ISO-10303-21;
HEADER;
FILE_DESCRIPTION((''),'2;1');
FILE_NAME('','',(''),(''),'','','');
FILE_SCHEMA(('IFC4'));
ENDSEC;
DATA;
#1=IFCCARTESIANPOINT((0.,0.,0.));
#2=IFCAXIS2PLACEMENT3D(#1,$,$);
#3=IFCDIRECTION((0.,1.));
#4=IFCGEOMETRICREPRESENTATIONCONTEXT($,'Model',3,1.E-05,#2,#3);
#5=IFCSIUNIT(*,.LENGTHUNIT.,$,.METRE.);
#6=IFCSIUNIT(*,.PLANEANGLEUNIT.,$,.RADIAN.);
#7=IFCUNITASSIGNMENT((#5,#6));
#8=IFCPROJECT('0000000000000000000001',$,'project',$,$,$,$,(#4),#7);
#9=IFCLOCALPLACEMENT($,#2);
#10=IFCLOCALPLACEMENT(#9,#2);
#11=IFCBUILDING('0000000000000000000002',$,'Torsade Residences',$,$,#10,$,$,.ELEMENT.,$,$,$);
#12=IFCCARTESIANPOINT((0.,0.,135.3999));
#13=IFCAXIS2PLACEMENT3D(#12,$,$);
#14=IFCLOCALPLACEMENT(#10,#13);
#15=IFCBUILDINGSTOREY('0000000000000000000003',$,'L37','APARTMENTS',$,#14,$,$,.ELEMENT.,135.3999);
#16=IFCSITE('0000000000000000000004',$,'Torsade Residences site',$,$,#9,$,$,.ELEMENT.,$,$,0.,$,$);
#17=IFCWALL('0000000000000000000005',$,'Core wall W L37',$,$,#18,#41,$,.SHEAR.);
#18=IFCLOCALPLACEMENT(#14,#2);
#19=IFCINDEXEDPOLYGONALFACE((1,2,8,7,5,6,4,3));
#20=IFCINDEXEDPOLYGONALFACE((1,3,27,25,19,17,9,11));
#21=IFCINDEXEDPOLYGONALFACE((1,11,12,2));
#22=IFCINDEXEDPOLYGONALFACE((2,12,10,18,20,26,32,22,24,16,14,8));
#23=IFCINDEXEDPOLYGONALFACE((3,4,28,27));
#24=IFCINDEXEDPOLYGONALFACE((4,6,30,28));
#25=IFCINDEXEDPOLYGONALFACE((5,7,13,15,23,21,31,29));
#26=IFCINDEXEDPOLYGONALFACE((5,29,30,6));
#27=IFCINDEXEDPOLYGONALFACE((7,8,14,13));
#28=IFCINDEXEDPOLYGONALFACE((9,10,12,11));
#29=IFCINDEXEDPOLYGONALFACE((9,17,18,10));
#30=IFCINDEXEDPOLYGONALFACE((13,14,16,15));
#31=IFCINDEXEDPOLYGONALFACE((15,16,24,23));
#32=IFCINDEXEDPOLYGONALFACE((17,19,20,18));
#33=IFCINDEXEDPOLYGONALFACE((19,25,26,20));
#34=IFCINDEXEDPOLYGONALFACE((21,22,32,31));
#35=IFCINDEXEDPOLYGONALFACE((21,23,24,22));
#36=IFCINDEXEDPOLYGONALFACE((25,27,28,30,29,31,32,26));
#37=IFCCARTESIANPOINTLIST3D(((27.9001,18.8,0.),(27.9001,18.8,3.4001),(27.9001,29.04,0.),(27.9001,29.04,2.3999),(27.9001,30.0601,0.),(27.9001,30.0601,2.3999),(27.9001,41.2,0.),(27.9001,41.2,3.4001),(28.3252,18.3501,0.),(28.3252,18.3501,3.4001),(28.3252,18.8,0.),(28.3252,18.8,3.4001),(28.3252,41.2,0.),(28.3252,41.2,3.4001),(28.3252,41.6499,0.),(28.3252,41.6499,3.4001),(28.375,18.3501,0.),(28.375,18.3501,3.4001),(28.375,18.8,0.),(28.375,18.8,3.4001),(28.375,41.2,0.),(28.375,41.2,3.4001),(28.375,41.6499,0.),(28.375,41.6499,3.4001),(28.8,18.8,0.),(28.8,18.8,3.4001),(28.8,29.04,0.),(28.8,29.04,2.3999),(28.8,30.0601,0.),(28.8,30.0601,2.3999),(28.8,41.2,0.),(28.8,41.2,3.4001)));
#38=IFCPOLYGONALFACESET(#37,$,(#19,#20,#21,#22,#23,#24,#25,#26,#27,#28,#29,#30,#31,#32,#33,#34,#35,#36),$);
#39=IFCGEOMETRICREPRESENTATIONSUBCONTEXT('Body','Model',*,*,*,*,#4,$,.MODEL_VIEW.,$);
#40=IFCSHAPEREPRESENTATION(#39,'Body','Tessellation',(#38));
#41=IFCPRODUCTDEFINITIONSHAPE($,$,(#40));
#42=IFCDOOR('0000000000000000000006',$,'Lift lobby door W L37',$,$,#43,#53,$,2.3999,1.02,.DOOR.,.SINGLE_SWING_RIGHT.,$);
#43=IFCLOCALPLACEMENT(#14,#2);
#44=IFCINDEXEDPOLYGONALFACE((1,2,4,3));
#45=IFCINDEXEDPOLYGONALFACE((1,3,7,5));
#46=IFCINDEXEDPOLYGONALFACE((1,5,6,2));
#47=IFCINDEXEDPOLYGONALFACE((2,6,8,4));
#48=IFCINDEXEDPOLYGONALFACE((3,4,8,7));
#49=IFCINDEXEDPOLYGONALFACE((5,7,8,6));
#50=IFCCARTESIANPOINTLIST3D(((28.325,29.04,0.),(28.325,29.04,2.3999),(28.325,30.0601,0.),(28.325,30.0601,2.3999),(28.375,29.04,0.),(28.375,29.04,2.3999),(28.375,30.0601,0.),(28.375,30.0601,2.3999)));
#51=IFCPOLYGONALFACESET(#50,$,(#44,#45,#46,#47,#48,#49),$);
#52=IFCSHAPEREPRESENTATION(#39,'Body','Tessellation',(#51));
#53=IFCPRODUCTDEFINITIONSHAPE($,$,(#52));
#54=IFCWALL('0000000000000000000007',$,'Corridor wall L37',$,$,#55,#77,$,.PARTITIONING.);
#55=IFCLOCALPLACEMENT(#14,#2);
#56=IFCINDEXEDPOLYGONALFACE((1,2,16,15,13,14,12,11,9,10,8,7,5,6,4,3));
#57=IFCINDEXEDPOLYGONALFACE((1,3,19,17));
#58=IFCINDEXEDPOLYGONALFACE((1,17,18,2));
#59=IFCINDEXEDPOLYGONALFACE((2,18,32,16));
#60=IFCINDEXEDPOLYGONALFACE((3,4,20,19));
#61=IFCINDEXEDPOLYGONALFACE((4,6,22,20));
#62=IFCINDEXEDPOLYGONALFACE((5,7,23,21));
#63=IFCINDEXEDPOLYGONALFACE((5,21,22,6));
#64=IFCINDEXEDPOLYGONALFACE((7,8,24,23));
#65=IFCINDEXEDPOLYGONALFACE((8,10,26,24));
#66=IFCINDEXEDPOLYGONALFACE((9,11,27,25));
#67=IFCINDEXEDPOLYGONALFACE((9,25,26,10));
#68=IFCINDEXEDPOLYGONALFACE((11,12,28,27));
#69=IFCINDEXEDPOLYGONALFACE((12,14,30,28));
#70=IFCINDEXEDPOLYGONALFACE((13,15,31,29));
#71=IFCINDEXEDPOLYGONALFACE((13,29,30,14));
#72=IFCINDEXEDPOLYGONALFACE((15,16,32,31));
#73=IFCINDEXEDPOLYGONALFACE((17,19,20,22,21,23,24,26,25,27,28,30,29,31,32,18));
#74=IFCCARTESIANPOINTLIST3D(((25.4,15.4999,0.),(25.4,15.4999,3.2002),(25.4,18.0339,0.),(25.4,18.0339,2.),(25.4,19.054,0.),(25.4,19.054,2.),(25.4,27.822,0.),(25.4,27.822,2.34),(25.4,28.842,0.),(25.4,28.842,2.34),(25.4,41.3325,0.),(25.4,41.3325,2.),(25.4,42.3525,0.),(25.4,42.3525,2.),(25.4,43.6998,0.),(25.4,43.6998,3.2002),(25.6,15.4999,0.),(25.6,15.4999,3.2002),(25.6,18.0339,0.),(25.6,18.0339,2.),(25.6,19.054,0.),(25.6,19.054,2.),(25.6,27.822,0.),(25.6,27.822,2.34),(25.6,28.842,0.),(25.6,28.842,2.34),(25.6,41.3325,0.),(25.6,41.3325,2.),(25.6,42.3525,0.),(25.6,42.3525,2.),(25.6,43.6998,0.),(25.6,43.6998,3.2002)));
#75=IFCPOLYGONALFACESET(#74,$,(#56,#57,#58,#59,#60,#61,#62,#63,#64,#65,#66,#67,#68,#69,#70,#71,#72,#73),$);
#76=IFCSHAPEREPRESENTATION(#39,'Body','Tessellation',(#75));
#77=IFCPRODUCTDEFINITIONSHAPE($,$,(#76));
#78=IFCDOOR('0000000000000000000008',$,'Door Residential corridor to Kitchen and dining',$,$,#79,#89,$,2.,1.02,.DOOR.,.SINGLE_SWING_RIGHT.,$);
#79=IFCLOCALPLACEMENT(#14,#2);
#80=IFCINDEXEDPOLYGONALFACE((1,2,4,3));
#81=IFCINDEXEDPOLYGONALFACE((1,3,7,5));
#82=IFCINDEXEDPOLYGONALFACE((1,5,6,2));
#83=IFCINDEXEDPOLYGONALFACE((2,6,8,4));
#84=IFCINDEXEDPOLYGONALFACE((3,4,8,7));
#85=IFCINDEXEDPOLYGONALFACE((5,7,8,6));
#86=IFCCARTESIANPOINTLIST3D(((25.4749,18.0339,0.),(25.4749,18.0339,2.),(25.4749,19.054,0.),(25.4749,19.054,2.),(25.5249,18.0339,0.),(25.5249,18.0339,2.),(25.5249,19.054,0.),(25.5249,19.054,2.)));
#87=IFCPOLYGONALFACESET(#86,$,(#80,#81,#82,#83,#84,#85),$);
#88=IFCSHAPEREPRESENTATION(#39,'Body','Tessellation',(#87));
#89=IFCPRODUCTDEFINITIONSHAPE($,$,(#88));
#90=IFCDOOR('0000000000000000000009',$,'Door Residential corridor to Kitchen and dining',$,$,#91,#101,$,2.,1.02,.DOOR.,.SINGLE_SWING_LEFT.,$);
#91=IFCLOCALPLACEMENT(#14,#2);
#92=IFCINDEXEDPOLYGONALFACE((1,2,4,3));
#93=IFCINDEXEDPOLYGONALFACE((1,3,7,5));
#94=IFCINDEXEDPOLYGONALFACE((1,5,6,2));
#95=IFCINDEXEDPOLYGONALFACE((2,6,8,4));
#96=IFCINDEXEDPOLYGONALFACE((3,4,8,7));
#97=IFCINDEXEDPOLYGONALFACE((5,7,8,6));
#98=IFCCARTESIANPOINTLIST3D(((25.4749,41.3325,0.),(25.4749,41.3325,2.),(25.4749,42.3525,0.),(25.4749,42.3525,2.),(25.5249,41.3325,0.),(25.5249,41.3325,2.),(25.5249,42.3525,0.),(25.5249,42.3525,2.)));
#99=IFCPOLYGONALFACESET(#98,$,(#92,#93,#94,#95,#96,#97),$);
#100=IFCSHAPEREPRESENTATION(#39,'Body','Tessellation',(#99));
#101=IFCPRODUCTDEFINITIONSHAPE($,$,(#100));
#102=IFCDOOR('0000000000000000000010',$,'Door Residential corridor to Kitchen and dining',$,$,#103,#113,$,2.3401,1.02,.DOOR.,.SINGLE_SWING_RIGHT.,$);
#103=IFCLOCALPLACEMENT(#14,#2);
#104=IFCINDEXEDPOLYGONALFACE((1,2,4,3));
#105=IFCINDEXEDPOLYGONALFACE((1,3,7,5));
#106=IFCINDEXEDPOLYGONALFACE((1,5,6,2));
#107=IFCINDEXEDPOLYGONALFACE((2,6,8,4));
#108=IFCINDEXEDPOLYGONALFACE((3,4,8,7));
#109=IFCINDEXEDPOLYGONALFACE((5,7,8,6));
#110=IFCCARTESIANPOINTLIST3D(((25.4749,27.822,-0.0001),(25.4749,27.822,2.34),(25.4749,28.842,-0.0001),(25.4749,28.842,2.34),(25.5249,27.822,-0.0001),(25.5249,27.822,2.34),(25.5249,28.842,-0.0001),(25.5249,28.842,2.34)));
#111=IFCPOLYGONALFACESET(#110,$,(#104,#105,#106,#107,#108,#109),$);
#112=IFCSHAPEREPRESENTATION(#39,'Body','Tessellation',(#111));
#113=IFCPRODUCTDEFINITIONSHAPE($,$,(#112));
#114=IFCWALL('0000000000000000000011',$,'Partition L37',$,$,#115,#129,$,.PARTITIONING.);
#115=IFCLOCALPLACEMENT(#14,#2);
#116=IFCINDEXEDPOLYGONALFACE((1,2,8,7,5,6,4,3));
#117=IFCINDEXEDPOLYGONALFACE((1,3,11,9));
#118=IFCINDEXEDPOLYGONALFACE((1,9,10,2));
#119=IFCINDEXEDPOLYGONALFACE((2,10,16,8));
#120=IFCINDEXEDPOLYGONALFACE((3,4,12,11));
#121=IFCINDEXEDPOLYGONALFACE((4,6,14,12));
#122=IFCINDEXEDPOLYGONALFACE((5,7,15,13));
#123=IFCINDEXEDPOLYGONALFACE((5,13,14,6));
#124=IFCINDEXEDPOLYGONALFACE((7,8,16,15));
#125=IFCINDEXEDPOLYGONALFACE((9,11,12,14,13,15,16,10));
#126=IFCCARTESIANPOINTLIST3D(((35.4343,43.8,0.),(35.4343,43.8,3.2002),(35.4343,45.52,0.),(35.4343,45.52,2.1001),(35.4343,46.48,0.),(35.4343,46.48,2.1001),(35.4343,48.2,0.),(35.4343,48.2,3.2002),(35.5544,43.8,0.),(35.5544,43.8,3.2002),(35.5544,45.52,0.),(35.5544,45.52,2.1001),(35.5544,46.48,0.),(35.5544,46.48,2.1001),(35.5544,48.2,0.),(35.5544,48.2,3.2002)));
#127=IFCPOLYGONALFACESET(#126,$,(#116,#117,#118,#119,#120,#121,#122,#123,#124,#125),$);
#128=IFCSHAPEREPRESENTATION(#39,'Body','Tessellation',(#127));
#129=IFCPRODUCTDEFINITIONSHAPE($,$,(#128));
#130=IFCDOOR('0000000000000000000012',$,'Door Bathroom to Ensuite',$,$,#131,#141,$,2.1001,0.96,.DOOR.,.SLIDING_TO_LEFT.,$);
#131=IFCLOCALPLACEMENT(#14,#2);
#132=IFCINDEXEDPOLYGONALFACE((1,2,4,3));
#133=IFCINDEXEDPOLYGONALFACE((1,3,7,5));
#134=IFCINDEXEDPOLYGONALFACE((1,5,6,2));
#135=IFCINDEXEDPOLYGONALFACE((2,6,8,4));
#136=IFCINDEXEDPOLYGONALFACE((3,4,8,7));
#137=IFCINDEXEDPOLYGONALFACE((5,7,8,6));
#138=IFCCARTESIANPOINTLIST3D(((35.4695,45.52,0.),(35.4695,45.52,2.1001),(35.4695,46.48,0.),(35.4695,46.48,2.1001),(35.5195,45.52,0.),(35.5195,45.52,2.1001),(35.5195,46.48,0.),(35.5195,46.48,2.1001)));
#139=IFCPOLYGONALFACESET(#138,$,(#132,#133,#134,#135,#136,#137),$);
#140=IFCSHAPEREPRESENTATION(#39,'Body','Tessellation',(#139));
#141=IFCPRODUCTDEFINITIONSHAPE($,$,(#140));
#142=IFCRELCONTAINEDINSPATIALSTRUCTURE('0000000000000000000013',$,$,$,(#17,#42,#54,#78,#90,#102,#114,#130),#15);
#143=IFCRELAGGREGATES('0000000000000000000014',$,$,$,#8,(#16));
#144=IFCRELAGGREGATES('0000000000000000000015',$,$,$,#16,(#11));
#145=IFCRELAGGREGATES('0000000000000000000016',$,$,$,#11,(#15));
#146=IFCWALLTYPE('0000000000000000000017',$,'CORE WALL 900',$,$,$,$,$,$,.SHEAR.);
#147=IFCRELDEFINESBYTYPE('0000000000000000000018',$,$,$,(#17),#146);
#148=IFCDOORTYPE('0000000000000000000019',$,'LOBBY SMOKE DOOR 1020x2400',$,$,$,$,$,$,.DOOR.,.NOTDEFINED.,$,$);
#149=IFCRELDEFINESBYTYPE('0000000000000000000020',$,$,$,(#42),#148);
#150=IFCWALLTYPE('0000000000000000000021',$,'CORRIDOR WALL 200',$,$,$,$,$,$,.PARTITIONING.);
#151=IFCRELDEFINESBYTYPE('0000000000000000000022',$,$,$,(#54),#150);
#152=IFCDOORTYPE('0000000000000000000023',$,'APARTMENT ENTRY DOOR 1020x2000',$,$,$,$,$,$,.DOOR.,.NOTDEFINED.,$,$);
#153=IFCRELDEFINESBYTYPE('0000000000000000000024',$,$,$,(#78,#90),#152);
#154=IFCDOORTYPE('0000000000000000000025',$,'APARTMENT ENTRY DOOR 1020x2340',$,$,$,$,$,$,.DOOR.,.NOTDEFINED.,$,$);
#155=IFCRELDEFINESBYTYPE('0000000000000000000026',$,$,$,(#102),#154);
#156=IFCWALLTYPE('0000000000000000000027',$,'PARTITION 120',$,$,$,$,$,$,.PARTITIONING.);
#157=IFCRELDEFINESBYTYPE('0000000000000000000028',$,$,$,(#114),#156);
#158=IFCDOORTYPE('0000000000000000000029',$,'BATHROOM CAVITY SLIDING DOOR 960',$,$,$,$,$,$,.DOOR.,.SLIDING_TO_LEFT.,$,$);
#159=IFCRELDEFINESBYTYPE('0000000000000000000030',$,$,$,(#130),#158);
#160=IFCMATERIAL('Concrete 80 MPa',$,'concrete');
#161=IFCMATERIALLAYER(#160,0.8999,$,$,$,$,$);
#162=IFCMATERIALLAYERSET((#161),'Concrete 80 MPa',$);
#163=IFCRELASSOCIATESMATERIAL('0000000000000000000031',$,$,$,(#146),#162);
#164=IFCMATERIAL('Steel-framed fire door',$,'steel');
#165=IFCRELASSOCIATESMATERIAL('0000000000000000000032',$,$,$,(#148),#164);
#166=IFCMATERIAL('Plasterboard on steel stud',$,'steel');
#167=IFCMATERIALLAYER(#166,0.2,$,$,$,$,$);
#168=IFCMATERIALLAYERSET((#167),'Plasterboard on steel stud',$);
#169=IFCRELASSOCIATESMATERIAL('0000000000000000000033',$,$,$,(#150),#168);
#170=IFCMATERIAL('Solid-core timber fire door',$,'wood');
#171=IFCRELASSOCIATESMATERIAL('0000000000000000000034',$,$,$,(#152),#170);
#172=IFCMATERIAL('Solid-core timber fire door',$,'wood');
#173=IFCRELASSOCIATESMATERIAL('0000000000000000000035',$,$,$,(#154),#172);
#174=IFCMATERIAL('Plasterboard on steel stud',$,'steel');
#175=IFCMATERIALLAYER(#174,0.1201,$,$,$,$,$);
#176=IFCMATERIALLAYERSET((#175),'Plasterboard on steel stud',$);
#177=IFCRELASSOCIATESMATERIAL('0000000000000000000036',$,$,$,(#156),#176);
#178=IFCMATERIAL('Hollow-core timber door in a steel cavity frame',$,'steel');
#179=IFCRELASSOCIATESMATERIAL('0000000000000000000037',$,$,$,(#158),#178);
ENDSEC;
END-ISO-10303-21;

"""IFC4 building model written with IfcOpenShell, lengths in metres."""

from ifc_helpers import new_model, si_unit, direction, frame, frame_2d, origin, place, context, subcontext, project, spatial, polyline, rectangle, outline, extrude, material, layer, layer_set, type_object, element, fill, save


model = new_model("IFC4")

# Units and contexts
model_context = context("Model", 3, precision=1e-05, world=origin(), true_north=direction((0.0, 1.0)))
body_context = subcontext(model_context, "Body", "Model", "MODEL_VIEW")
ifc_project = project(units=[si_unit("LENGTHUNIT", "METRE"), si_unit("PLANEANGLEUNIT", "RADIAN")], contexts=[model_context])

# Site, building, storey
site_placement = place(None, origin())
site = spatial("IfcSite", under=ifc_project, at=site_placement, Name="Torsade Residences site", CompositionType="ELEMENT", RefElevation=0.0)
building_placement = place(site_placement, origin())
building = spatial("IfcBuilding", under=site, at=building_placement, Name="Torsade Residences", CompositionType="ELEMENT")
storey_placement = place(building_placement, frame((0.0, 0.0, 135.3999)))
storey = spatial("IfcBuildingStorey", under=building, at=storey_placement, Name="L37", Description="APARTMENTS", CompositionType="ELEMENT", Elevation=135.3999)

# Shared definitions
ifc_material_1 = material(Name="Concrete 80 MPa", Category="concrete")
ifc_layer_1 = layer(ifc_material_1, 0.8999)
ifc_layer_set_1 = layer_set([ifc_layer_1], Name="Concrete 80 MPa")
wall_type_1 = type_object("IfcWallType", Name="CORE WALL 900", PredefinedType="SHEAR", material=ifc_layer_set_1)

# Wall, opening, door
wall_1_placement = place(storey_placement, frame((28.3501, 41.2, 0.0), z_axis=(0.0, 0.0, 1.0), x_axis=(0.0, -1.0, 0.0)))
wall_1 = element("IfcWall", 1, at=wall_1_placement, inside=storey, type_object=wall_type_1, Name="Core wall W L37", PredefinedType="SHEAR", context=body_context, shape_type="SweptSolid", body=[
    extrude(outline(polyline([(0.0, -0.45), (22.3999, -0.45), (22.3999, -0.0249), (22.8499, -0.0249), (22.8499, 0.0249), (22.3999, 0.0249), (22.3999, 0.45), (0.0, 0.45), (0.0, 0.0249), (-0.45, 0.0249), (-0.45, -0.0249), (0.0, -0.0249), (0.0, -0.45)])), origin(), (0.0, 0.0, 1.0), 3.4001),
])
opening_1_placement = place(wall_1_placement, frame((11.1399, 0.0, 0.0)))
opening_1 = element("IfcOpeningElement", 2, at=opening_1_placement, cuts=wall_1, PredefinedType="OPENING", context=body_context, shape_type="SweptSolid", body=[
    extrude(rectangle(XDim=1.02, YDim=2.3999, at=frame_2d((0.51, 1.2))), frame((0.0, 0.46, 0.0), z_axis=(0.0, -1.0, 0.0), x_axis=(1.0, 0.0, 0.0)), (0.0, 0.0, 1.0), 0.9199),
])
ifc_material_2 = material(Name="Steel-framed fire door", Category="steel")
door_type_1 = type_object("IfcDoorType", Name="LOBBY SMOKE DOOR 1020x2400", OperationType="NOTDEFINED", PredefinedType="DOOR", material=ifc_material_2)
door_1_placement = place(opening_1_placement, origin())
door_1 = element("IfcDoor", 3, at=door_1_placement, inside=storey, type_object=door_type_1, Name="Lift lobby door W L37", OperationType="SINGLE_SWING_RIGHT", OverallHeight=2.3999, OverallWidth=1.02, PredefinedType="DOOR", context=body_context, shape_type="SweptSolid", body=[
    extrude(rectangle(XDim=1.02, YDim=2.3999, at=frame_2d((0.51, 1.2))), frame((0.0, 0.0249, 0.0), z_axis=(0.0, -1.0, 0.0), x_axis=(1.0, 0.0, 0.0)), (0.0, 0.0, 1.0), 0.05),
])
fill(opening_1, door_1)

# Wall, openings, doors
ifc_material_3 = material(Name="Plasterboard on steel stud", Category="steel")
ifc_layer_2 = layer(ifc_material_3, 0.2)
ifc_layer_set_2 = layer_set([ifc_layer_2], Name="Plasterboard on steel stud")
wall_type_2 = type_object("IfcWallType", Name="CORRIDOR WALL 200", PredefinedType="PARTITIONING", material=ifc_layer_set_2)
wall_2_placement = place(storey_placement, frame((25.5, 43.7, 0.0), z_axis=(0.0, 0.0, 1.0), x_axis=(0.0, -1.0, 0.0)))
wall_2 = element("IfcWall", 4, at=wall_2_placement, inside=storey, type_object=wall_type_2, Name="Corridor wall L37", PredefinedType="PARTITIONING", context=body_context, shape_type="SweptSolid", body=[
    extrude(rectangle(XDim=28.2, YDim=0.2, at=frame_2d((14.1001, 0.0))), origin(), (0.0, 0.0, 1.0), 3.2002),
])
opening_2_placement = place(wall_2_placement, frame((24.646, 0.0, 0.0)))
opening_2 = element("IfcOpeningElement", 5, at=opening_2_placement, cuts=wall_2, PredefinedType="OPENING", context=body_context, shape_type="SweptSolid", body=[
    extrude(rectangle(XDim=1.02, YDim=2.0, at=frame_2d((0.51, 1.0))), frame((0.0, 0.1099, 0.0), z_axis=(0.0, -1.0, 0.0), x_axis=(1.0, 0.0, 0.0)), (0.0, 0.0, 1.0), 0.22),
])
opening_3_placement = place(wall_2_placement, frame((14.8579, 0.0, 0.0)))
opening_3 = element("IfcOpeningElement", 6, at=opening_3_placement, cuts=wall_2, PredefinedType="OPENING", context=body_context, shape_type="SweptSolid", body=[
    extrude(rectangle(XDim=1.02, YDim=2.3401, at=frame_2d((0.51, 1.1699))), frame((0.0, 0.1099, 0.0), z_axis=(0.0, -1.0, 0.0), x_axis=(1.0, 0.0, 0.0)), (0.0, 0.0, 1.0), 0.22),
])
opening_4_placement = place(wall_2_placement, frame((1.3474, 0.0, 0.0)))
opening_4 = element("IfcOpeningElement", 7, at=opening_4_placement, cuts=wall_2, PredefinedType="OPENING", context=body_context, shape_type="SweptSolid", body=[
    extrude(rectangle(XDim=1.02, YDim=2.0, at=frame_2d((0.51, 1.0))), frame((0.0, 0.1099, 0.0), z_axis=(0.0, -1.0, 0.0), x_axis=(1.0, 0.0, 0.0)), (0.0, 0.0, 1.0), 0.22),
])
ifc_material_4 = material(Name="Solid-core timber fire door", Category="wood")
door_type_2 = type_object("IfcDoorType", Name="APARTMENT ENTRY DOOR 1020x2000", OperationType="NOTDEFINED", PredefinedType="DOOR", material=ifc_material_4)
door_2_placement = place(opening_2_placement, origin())
door_2 = element("IfcDoor", 8, at=door_2_placement, inside=storey, type_object=door_type_2, Name="Door Residential corridor to Kitchen and dining", OperationType="SINGLE_SWING_RIGHT", OverallHeight=2.0, OverallWidth=1.02, PredefinedType="DOOR", context=body_context, shape_type="SweptSolid", body=[
    extrude(rectangle(XDim=1.02, YDim=2.0, at=frame_2d((0.51, 1.0))), frame((0.0, 0.0249, 0.0), z_axis=(0.0, -1.0, 0.0), x_axis=(1.0, 0.0, 0.0)), (0.0, 0.0, 1.0), 0.05),
])
fill(opening_2, door_2)
door_3_placement = place(opening_4_placement, origin())
door_3 = element("IfcDoor", 9, at=door_3_placement, inside=storey, type_object=door_type_2, Name="Door Residential corridor to Kitchen and dining", OperationType="SINGLE_SWING_LEFT", OverallHeight=2.0, OverallWidth=1.02, PredefinedType="DOOR", context=body_context, shape_type="SweptSolid", body=[
    extrude(rectangle(XDim=1.02, YDim=2.0, at=frame_2d((0.51, 1.0))), frame((0.0, 0.0249, 0.0), z_axis=(0.0, -1.0, 0.0), x_axis=(1.0, 0.0, 0.0)), (0.0, 0.0, 1.0), 0.05),
])
fill(opening_4, door_3)
ifc_material_5 = material(Name="Solid-core timber fire door", Category="wood")
door_type_3 = type_object("IfcDoorType", Name="APARTMENT ENTRY DOOR 1020x2340", OperationType="NOTDEFINED", PredefinedType="DOOR", material=ifc_material_5)
door_4_placement = place(opening_3_placement, origin())
door_4 = element("IfcDoor", 10, at=door_4_placement, inside=storey, type_object=door_type_3, Name="Door Residential corridor to Kitchen and dining", OperationType="SINGLE_SWING_RIGHT", OverallHeight=2.3401, OverallWidth=1.02, PredefinedType="DOOR", context=body_context, shape_type="SweptSolid", body=[
    extrude(rectangle(XDim=1.02, YDim=2.3401, at=frame_2d((0.51, 1.1699))), frame((0.0, 0.0249, 0.0), z_axis=(0.0, -1.0, 0.0), x_axis=(1.0, 0.0, 0.0)), (0.0, 0.0, 1.0), 0.05),
])
fill(opening_3, door_4)

# Wall, opening, door
ifc_material_6 = material(Name="Plasterboard on steel stud", Category="steel")
ifc_layer_3 = layer(ifc_material_6, 0.1201)
ifc_layer_set_3 = layer_set([ifc_layer_3], Name="Plasterboard on steel stud")
wall_type_3 = type_object("IfcWallType", Name="PARTITION 120", PredefinedType="PARTITIONING", material=ifc_layer_set_3)
wall_3_placement = place(storey_placement, frame((35.4944, 43.8, 0.0), z_axis=(0.0, 0.0, 1.0), x_axis=(0.0, 1.0, 0.0)))
wall_3 = element("IfcWall", 11, at=wall_3_placement, inside=storey, type_object=wall_type_3, Name="Partition L37", PredefinedType="PARTITIONING", context=body_context, shape_type="SweptSolid", body=[
    extrude(rectangle(XDim=4.3999, YDim=0.1201, at=frame_2d((2.2, 0.0))), origin(), (0.0, 0.0, 1.0), 3.2002),
])
opening_5_placement = place(wall_3_placement, frame((1.72, 0.0, 0.0)))
opening_5 = element("IfcOpeningElement", 12, at=opening_5_placement, cuts=wall_3, PredefinedType="OPENING", context=body_context, shape_type="SweptSolid", body=[
    extrude(rectangle(XDim=0.96, YDim=2.1001, at=frame_2d((0.48, 1.05))), frame((0.0, 0.0701, 0.0), z_axis=(0.0, -1.0, 0.0), x_axis=(1.0, 0.0, 0.0)), (0.0, 0.0, 1.0), 0.1401),
])
ifc_material_7 = material(Name="Hollow-core timber door in a steel cavity frame", Category="steel")
door_type_4 = type_object("IfcDoorType", Name="BATHROOM CAVITY SLIDING DOOR 960", OperationType="SLIDING_TO_LEFT", PredefinedType="DOOR", material=ifc_material_7)
door_5_placement = place(opening_5_placement, origin())
door_5 = element("IfcDoor", 13, at=door_5_placement, inside=storey, type_object=door_type_4, Name="Door Bathroom to Ensuite", OperationType="SLIDING_TO_LEFT", OverallHeight=2.1001, OverallWidth=0.96, PredefinedType="DOOR", context=body_context, shape_type="SweptSolid", body=[
    extrude(rectangle(XDim=0.96, YDim=2.1001, at=frame_2d((0.48, 1.05))), frame((0.0, 0.0249, 0.0), z_axis=(0.0, -1.0, 0.0), x_axis=(1.0, 0.0, 0.0)), (0.0, 0.0, 1.0), 0.05),
])
fill(opening_5, door_5)

save(model, "model.ifc")
